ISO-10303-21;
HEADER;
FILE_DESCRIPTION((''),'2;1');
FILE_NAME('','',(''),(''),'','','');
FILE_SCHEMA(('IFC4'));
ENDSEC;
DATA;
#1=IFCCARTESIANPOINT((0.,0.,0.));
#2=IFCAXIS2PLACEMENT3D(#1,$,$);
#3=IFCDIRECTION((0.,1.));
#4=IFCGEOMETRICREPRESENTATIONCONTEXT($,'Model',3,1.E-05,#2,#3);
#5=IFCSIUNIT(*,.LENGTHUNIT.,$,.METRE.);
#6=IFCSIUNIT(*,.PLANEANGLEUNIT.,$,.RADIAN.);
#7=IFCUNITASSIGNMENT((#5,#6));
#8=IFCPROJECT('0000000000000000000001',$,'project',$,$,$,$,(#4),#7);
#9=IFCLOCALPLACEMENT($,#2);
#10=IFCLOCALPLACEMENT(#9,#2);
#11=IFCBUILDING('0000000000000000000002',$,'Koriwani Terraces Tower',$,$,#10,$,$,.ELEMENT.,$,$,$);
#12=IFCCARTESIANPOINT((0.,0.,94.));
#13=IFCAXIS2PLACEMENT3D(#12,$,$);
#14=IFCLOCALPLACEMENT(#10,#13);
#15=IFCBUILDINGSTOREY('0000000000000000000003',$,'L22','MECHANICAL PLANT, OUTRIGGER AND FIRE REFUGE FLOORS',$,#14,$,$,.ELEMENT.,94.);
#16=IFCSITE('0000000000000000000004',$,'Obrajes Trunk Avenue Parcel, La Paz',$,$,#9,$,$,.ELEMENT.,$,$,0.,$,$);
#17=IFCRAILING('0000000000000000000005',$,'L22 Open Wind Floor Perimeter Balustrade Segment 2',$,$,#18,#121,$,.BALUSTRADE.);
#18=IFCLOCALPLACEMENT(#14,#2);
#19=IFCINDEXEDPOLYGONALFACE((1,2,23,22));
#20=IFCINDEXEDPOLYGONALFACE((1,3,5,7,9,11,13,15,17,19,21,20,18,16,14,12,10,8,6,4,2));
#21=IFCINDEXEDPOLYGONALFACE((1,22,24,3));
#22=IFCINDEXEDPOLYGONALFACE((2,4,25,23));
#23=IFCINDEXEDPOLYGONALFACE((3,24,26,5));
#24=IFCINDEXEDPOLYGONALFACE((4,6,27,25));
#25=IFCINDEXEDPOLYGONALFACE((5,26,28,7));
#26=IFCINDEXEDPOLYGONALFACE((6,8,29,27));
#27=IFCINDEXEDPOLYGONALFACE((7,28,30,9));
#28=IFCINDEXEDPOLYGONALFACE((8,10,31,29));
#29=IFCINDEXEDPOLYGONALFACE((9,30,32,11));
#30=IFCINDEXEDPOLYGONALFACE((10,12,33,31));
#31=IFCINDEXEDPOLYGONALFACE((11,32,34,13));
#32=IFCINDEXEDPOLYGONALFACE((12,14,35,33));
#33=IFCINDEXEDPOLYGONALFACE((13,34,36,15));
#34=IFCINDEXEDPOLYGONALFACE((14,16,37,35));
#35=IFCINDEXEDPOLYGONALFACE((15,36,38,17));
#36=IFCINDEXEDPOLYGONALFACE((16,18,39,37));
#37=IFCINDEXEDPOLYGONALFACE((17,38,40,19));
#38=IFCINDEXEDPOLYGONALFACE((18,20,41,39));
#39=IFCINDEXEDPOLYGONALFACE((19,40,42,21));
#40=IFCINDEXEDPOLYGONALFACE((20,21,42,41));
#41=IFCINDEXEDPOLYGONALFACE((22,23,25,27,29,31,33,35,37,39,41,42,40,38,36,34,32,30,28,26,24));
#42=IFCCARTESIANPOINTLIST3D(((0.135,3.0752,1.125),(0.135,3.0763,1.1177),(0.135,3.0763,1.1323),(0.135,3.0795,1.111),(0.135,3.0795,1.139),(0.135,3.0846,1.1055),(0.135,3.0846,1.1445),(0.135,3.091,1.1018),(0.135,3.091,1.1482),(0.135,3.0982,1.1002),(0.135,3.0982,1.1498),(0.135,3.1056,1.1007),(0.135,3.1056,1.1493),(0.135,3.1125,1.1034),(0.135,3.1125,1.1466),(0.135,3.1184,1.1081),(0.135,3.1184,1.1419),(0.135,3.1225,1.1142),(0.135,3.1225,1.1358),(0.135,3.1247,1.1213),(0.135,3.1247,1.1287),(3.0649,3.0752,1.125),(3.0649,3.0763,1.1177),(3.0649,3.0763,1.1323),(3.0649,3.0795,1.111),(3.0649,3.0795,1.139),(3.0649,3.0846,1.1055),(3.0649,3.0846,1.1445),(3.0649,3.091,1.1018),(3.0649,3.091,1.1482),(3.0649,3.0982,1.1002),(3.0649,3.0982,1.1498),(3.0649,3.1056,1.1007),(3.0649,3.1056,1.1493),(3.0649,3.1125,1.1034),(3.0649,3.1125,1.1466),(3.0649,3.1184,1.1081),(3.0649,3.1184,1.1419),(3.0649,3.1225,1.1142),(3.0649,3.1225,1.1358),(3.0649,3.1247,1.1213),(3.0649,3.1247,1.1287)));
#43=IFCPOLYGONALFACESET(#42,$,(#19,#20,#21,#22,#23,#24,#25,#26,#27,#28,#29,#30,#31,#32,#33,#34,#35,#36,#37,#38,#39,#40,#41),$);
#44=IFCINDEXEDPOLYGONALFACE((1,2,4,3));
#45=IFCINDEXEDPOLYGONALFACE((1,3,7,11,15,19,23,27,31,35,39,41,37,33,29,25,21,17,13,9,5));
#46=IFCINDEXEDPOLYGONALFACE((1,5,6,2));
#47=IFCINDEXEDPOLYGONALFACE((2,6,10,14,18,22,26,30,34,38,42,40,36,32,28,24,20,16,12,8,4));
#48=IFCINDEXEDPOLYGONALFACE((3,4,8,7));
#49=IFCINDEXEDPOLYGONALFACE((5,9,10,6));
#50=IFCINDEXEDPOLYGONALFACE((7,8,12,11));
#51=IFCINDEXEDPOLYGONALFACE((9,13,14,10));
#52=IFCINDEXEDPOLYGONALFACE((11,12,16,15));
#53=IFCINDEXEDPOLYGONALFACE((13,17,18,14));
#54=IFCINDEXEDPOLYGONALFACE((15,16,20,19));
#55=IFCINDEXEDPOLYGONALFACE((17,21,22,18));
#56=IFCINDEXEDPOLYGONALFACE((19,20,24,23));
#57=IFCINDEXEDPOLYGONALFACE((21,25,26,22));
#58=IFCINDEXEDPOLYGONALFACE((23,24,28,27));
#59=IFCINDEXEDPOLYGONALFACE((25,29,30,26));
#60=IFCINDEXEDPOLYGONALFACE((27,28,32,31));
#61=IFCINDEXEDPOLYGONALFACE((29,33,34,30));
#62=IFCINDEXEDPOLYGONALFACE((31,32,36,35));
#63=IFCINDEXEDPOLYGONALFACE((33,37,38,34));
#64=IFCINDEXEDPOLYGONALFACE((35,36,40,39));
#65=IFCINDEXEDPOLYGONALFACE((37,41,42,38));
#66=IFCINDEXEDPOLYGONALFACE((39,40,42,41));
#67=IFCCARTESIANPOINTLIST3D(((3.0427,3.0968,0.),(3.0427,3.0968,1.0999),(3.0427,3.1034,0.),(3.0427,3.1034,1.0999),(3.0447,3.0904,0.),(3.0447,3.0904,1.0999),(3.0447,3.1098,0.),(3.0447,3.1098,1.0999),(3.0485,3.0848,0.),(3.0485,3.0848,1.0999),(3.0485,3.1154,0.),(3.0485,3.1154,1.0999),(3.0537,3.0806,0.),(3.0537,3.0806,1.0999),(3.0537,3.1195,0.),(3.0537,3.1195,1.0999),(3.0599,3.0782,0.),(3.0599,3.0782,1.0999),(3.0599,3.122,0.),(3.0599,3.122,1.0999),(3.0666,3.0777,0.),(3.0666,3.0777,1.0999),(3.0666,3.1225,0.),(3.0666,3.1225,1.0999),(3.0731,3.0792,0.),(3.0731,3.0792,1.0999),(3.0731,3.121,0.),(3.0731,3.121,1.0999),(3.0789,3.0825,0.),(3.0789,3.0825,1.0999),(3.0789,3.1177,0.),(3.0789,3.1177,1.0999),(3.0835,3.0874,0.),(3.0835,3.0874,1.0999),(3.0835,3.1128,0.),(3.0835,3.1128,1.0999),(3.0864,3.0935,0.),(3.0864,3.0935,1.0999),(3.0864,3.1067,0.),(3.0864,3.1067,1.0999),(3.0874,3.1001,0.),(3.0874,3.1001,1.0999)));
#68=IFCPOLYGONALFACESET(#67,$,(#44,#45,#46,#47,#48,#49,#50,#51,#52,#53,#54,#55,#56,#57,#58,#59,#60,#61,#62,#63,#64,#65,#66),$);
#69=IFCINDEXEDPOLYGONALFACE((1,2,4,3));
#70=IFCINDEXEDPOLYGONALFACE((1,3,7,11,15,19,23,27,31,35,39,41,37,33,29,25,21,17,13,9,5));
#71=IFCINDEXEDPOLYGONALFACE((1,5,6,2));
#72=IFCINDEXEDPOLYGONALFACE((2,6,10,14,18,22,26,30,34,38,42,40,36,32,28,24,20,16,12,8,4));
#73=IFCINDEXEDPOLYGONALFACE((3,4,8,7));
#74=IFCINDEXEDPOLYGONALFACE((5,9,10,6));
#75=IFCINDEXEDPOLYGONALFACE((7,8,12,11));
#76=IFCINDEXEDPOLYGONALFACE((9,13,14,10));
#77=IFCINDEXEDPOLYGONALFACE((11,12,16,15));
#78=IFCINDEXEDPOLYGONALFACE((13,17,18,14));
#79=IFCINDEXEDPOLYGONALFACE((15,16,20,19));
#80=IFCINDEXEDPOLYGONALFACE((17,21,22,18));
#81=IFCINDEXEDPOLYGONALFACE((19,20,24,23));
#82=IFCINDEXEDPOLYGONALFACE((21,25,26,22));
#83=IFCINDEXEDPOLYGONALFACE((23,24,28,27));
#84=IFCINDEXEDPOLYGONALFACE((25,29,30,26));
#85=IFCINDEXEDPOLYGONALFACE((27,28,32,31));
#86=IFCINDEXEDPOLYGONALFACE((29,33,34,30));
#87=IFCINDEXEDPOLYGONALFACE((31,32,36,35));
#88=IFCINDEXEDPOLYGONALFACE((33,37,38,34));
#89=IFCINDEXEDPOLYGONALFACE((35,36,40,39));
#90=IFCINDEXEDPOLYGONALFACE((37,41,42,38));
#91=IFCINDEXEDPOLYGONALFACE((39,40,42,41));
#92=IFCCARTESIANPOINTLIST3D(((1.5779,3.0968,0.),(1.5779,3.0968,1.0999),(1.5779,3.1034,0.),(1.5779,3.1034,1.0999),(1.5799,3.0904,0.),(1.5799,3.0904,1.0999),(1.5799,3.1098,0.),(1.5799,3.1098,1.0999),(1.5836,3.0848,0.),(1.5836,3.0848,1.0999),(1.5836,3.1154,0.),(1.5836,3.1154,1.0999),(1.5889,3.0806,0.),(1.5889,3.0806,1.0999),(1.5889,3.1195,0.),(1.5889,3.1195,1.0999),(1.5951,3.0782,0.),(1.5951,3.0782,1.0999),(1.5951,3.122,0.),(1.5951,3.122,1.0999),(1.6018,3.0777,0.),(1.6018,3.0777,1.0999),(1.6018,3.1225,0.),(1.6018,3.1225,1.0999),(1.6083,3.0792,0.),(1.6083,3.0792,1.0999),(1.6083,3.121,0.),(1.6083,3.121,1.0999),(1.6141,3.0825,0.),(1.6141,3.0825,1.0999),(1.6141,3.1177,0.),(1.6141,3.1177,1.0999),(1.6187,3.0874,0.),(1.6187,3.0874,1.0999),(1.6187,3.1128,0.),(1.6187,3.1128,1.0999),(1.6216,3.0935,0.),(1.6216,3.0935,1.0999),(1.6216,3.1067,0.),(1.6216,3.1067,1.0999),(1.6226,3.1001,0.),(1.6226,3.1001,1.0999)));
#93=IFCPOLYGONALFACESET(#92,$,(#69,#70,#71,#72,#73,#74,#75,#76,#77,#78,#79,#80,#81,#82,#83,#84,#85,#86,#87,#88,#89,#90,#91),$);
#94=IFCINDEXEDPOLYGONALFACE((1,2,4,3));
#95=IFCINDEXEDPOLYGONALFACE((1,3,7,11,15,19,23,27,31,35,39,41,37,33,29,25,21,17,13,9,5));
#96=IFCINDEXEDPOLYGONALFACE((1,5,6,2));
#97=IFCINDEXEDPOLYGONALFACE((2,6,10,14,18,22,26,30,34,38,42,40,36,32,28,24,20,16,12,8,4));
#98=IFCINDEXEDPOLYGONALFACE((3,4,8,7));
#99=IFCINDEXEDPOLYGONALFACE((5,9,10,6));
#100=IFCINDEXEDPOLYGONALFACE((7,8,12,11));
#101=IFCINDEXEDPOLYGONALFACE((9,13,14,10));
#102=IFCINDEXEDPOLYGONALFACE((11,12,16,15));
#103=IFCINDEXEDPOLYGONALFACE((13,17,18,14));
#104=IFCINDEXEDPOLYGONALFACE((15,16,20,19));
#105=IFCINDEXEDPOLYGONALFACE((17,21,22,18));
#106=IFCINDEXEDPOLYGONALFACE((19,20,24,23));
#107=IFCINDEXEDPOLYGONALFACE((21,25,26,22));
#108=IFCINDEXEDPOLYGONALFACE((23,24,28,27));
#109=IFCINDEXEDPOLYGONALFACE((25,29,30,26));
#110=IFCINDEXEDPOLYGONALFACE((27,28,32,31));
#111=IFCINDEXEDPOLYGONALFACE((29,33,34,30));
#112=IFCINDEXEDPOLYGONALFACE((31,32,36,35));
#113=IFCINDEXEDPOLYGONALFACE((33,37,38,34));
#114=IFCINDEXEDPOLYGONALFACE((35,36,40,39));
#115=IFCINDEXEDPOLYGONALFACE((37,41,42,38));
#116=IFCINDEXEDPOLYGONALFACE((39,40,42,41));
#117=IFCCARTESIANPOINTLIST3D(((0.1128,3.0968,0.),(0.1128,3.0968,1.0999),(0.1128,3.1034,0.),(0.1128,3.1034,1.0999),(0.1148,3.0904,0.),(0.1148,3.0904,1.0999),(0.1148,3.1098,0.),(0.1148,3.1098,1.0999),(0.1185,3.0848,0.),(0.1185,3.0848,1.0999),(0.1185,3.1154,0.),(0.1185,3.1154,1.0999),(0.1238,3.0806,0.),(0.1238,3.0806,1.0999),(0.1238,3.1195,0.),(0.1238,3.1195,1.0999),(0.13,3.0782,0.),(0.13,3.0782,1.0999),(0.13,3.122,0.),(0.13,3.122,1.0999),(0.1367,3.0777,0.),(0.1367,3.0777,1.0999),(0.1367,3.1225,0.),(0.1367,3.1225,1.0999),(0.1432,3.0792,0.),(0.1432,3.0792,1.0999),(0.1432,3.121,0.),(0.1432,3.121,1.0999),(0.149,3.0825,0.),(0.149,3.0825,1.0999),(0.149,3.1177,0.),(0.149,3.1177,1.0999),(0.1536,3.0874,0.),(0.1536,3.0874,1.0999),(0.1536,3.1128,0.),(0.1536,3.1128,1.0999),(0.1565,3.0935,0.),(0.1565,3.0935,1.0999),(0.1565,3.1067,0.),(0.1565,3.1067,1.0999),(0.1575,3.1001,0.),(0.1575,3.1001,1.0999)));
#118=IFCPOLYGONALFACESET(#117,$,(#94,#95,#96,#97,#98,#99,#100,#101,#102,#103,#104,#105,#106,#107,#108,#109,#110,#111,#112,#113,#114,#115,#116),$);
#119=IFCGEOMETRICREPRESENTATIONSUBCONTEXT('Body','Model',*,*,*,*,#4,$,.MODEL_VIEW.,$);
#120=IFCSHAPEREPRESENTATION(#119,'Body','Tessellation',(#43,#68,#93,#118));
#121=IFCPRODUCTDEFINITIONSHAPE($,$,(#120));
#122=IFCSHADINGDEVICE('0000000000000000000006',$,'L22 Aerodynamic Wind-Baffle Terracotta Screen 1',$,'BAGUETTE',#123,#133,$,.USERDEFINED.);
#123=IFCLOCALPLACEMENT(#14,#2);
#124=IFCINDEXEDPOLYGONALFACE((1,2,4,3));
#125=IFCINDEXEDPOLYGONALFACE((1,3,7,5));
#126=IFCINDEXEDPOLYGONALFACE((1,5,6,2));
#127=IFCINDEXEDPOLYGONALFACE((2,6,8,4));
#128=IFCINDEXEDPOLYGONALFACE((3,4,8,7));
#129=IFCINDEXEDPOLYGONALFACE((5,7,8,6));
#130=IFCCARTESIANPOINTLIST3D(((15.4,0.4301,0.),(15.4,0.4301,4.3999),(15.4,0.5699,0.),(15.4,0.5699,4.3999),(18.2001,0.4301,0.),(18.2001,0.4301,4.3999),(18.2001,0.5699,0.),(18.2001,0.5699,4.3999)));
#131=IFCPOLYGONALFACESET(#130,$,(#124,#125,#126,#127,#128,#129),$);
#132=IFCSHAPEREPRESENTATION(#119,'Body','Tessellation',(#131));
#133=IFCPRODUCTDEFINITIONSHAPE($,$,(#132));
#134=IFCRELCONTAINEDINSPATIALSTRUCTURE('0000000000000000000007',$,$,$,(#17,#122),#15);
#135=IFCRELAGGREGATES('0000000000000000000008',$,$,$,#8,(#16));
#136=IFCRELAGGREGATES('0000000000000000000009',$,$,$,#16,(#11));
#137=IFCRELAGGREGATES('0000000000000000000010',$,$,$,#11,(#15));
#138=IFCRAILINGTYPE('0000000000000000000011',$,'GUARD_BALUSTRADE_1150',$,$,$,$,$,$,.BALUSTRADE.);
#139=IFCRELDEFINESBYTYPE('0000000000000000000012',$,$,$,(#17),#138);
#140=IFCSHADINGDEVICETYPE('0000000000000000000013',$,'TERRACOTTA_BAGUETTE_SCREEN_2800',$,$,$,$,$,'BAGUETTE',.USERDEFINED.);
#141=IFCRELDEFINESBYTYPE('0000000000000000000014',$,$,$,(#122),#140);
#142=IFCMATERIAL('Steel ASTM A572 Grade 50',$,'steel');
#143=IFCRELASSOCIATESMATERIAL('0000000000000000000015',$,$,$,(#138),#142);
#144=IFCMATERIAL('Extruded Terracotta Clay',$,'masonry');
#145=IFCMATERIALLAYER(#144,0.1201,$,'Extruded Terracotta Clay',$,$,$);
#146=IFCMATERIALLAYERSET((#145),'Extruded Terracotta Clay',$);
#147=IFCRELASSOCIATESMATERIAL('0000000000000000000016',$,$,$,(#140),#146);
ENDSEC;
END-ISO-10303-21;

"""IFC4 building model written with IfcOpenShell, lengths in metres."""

from ifc_helpers import new_model, si_unit, direction, frame, origin, origin_2d, place, context, subcontext, project, spatial, rectangle, circle, extrude, material, layer, layer_set, type_object, element, save


model = new_model("IFC4")

# Units and contexts
model_context = context("Model", 3, precision=1e-05, world=origin(), true_north=direction((0.0, 1.0)))
body_context = subcontext(model_context, "Body", "Model", "MODEL_VIEW")
ifc_project = project(units=[si_unit("LENGTHUNIT", "METRE"), si_unit("PLANEANGLEUNIT", "RADIAN")], contexts=[model_context])

# Site, building, storey
site_placement = place(None, origin())
site = spatial("IfcSite", under=ifc_project, at=site_placement, Name="Obrajes Trunk Avenue Parcel, La Paz", CompositionType="ELEMENT", RefElevation=0.0)
building_placement = place(site_placement, origin())
building = spatial("IfcBuilding", under=site, at=building_placement, Name="Koriwani Terraces Tower", CompositionType="ELEMENT")
storey_placement = place(building_placement, frame((0.0, 0.0, 94.0)))
storey = spatial("IfcBuildingStorey", under=building, at=storey_placement, Name="L22", Description="MECHANICAL PLANT, OUTRIGGER AND FIRE REFUGE FLOORS", CompositionType="ELEMENT", Elevation=94.0)

# Shared definitions
ifc_material_1 = material(Name="Steel ASTM A572 Grade 50", Category="steel")

# Railing
railing_type = type_object("IfcRailingType", Name="GUARD_BALUSTRADE_1150", PredefinedType="BALUSTRADE", material=ifc_material_1)
railing_1_placement = place(storey_placement, frame((3.0649, 3.1001, 0.0)))
element("IfcRailing", 1, at=railing_1_placement, inside=storey, type_object=railing_type, Name="L22 Open Wind Floor Perimeter Balustrade Segment 2", PredefinedType="BALUSTRADE", context=body_context, shape_type="SweptSolid", body=[
    extrude(circle(Radius=0.0249, at=origin_2d()), frame((0.0, 0.0, 1.125), z_axis=(-1.0, 0.0, 0.0), x_axis=(0.0, -1.0, 0.0)), (0.0, 0.0, 1.0), 2.9299),
    extrude(circle(Radius=0.0225, at=origin_2d()), origin(), (0.0, 0.0, 1.0), 1.0999),
    extrude(circle(Radius=0.0225, at=origin_2d()), frame((-1.4648, 0.0, 0.0)), (0.0, 0.0, 1.0), 1.0999),
    extrude(circle(Radius=0.0225, at=origin_2d()), frame((-2.9299, 0.0, 0.0)), (0.0, 0.0, 1.0), 1.0999),
])

# Shading device
ifc_material_2 = material(Name="Extruded Terracotta Clay", Category="masonry")
ifc_layer_1 = layer(ifc_material_2, 0.1201, Name="Extruded Terracotta Clay")
ifc_layer_set_1 = layer_set([ifc_layer_1], Name="Extruded Terracotta Clay")
shading_device_type = type_object("IfcShadingDeviceType", Name="TERRACOTTA_BAGUETTE_SCREEN_2800", ElementType="BAGUETTE", PredefinedType="USERDEFINED", material=ifc_layer_set_1)
shading_device_placement = place(storey_placement, frame((16.8, 0.5, 0.0), z_axis=(0.0, 0.0, 1.0), x_axis=(1.0, 0.0, 0.0)))
element("IfcShadingDevice", 2, at=shading_device_placement, inside=storey, type_object=shading_device_type, Name="L22 Aerodynamic Wind-Baffle Terracotta Screen 1", ObjectType="BAGUETTE", PredefinedType="USERDEFINED", context=body_context, shape_type="SweptSolid", body=[
    extrude(rectangle(XDim=2.8, YDim=0.1399, at=origin_2d()), origin(), (0.0, 0.0, 1.0), 4.3999),
])

save(model, "model.ifc")
